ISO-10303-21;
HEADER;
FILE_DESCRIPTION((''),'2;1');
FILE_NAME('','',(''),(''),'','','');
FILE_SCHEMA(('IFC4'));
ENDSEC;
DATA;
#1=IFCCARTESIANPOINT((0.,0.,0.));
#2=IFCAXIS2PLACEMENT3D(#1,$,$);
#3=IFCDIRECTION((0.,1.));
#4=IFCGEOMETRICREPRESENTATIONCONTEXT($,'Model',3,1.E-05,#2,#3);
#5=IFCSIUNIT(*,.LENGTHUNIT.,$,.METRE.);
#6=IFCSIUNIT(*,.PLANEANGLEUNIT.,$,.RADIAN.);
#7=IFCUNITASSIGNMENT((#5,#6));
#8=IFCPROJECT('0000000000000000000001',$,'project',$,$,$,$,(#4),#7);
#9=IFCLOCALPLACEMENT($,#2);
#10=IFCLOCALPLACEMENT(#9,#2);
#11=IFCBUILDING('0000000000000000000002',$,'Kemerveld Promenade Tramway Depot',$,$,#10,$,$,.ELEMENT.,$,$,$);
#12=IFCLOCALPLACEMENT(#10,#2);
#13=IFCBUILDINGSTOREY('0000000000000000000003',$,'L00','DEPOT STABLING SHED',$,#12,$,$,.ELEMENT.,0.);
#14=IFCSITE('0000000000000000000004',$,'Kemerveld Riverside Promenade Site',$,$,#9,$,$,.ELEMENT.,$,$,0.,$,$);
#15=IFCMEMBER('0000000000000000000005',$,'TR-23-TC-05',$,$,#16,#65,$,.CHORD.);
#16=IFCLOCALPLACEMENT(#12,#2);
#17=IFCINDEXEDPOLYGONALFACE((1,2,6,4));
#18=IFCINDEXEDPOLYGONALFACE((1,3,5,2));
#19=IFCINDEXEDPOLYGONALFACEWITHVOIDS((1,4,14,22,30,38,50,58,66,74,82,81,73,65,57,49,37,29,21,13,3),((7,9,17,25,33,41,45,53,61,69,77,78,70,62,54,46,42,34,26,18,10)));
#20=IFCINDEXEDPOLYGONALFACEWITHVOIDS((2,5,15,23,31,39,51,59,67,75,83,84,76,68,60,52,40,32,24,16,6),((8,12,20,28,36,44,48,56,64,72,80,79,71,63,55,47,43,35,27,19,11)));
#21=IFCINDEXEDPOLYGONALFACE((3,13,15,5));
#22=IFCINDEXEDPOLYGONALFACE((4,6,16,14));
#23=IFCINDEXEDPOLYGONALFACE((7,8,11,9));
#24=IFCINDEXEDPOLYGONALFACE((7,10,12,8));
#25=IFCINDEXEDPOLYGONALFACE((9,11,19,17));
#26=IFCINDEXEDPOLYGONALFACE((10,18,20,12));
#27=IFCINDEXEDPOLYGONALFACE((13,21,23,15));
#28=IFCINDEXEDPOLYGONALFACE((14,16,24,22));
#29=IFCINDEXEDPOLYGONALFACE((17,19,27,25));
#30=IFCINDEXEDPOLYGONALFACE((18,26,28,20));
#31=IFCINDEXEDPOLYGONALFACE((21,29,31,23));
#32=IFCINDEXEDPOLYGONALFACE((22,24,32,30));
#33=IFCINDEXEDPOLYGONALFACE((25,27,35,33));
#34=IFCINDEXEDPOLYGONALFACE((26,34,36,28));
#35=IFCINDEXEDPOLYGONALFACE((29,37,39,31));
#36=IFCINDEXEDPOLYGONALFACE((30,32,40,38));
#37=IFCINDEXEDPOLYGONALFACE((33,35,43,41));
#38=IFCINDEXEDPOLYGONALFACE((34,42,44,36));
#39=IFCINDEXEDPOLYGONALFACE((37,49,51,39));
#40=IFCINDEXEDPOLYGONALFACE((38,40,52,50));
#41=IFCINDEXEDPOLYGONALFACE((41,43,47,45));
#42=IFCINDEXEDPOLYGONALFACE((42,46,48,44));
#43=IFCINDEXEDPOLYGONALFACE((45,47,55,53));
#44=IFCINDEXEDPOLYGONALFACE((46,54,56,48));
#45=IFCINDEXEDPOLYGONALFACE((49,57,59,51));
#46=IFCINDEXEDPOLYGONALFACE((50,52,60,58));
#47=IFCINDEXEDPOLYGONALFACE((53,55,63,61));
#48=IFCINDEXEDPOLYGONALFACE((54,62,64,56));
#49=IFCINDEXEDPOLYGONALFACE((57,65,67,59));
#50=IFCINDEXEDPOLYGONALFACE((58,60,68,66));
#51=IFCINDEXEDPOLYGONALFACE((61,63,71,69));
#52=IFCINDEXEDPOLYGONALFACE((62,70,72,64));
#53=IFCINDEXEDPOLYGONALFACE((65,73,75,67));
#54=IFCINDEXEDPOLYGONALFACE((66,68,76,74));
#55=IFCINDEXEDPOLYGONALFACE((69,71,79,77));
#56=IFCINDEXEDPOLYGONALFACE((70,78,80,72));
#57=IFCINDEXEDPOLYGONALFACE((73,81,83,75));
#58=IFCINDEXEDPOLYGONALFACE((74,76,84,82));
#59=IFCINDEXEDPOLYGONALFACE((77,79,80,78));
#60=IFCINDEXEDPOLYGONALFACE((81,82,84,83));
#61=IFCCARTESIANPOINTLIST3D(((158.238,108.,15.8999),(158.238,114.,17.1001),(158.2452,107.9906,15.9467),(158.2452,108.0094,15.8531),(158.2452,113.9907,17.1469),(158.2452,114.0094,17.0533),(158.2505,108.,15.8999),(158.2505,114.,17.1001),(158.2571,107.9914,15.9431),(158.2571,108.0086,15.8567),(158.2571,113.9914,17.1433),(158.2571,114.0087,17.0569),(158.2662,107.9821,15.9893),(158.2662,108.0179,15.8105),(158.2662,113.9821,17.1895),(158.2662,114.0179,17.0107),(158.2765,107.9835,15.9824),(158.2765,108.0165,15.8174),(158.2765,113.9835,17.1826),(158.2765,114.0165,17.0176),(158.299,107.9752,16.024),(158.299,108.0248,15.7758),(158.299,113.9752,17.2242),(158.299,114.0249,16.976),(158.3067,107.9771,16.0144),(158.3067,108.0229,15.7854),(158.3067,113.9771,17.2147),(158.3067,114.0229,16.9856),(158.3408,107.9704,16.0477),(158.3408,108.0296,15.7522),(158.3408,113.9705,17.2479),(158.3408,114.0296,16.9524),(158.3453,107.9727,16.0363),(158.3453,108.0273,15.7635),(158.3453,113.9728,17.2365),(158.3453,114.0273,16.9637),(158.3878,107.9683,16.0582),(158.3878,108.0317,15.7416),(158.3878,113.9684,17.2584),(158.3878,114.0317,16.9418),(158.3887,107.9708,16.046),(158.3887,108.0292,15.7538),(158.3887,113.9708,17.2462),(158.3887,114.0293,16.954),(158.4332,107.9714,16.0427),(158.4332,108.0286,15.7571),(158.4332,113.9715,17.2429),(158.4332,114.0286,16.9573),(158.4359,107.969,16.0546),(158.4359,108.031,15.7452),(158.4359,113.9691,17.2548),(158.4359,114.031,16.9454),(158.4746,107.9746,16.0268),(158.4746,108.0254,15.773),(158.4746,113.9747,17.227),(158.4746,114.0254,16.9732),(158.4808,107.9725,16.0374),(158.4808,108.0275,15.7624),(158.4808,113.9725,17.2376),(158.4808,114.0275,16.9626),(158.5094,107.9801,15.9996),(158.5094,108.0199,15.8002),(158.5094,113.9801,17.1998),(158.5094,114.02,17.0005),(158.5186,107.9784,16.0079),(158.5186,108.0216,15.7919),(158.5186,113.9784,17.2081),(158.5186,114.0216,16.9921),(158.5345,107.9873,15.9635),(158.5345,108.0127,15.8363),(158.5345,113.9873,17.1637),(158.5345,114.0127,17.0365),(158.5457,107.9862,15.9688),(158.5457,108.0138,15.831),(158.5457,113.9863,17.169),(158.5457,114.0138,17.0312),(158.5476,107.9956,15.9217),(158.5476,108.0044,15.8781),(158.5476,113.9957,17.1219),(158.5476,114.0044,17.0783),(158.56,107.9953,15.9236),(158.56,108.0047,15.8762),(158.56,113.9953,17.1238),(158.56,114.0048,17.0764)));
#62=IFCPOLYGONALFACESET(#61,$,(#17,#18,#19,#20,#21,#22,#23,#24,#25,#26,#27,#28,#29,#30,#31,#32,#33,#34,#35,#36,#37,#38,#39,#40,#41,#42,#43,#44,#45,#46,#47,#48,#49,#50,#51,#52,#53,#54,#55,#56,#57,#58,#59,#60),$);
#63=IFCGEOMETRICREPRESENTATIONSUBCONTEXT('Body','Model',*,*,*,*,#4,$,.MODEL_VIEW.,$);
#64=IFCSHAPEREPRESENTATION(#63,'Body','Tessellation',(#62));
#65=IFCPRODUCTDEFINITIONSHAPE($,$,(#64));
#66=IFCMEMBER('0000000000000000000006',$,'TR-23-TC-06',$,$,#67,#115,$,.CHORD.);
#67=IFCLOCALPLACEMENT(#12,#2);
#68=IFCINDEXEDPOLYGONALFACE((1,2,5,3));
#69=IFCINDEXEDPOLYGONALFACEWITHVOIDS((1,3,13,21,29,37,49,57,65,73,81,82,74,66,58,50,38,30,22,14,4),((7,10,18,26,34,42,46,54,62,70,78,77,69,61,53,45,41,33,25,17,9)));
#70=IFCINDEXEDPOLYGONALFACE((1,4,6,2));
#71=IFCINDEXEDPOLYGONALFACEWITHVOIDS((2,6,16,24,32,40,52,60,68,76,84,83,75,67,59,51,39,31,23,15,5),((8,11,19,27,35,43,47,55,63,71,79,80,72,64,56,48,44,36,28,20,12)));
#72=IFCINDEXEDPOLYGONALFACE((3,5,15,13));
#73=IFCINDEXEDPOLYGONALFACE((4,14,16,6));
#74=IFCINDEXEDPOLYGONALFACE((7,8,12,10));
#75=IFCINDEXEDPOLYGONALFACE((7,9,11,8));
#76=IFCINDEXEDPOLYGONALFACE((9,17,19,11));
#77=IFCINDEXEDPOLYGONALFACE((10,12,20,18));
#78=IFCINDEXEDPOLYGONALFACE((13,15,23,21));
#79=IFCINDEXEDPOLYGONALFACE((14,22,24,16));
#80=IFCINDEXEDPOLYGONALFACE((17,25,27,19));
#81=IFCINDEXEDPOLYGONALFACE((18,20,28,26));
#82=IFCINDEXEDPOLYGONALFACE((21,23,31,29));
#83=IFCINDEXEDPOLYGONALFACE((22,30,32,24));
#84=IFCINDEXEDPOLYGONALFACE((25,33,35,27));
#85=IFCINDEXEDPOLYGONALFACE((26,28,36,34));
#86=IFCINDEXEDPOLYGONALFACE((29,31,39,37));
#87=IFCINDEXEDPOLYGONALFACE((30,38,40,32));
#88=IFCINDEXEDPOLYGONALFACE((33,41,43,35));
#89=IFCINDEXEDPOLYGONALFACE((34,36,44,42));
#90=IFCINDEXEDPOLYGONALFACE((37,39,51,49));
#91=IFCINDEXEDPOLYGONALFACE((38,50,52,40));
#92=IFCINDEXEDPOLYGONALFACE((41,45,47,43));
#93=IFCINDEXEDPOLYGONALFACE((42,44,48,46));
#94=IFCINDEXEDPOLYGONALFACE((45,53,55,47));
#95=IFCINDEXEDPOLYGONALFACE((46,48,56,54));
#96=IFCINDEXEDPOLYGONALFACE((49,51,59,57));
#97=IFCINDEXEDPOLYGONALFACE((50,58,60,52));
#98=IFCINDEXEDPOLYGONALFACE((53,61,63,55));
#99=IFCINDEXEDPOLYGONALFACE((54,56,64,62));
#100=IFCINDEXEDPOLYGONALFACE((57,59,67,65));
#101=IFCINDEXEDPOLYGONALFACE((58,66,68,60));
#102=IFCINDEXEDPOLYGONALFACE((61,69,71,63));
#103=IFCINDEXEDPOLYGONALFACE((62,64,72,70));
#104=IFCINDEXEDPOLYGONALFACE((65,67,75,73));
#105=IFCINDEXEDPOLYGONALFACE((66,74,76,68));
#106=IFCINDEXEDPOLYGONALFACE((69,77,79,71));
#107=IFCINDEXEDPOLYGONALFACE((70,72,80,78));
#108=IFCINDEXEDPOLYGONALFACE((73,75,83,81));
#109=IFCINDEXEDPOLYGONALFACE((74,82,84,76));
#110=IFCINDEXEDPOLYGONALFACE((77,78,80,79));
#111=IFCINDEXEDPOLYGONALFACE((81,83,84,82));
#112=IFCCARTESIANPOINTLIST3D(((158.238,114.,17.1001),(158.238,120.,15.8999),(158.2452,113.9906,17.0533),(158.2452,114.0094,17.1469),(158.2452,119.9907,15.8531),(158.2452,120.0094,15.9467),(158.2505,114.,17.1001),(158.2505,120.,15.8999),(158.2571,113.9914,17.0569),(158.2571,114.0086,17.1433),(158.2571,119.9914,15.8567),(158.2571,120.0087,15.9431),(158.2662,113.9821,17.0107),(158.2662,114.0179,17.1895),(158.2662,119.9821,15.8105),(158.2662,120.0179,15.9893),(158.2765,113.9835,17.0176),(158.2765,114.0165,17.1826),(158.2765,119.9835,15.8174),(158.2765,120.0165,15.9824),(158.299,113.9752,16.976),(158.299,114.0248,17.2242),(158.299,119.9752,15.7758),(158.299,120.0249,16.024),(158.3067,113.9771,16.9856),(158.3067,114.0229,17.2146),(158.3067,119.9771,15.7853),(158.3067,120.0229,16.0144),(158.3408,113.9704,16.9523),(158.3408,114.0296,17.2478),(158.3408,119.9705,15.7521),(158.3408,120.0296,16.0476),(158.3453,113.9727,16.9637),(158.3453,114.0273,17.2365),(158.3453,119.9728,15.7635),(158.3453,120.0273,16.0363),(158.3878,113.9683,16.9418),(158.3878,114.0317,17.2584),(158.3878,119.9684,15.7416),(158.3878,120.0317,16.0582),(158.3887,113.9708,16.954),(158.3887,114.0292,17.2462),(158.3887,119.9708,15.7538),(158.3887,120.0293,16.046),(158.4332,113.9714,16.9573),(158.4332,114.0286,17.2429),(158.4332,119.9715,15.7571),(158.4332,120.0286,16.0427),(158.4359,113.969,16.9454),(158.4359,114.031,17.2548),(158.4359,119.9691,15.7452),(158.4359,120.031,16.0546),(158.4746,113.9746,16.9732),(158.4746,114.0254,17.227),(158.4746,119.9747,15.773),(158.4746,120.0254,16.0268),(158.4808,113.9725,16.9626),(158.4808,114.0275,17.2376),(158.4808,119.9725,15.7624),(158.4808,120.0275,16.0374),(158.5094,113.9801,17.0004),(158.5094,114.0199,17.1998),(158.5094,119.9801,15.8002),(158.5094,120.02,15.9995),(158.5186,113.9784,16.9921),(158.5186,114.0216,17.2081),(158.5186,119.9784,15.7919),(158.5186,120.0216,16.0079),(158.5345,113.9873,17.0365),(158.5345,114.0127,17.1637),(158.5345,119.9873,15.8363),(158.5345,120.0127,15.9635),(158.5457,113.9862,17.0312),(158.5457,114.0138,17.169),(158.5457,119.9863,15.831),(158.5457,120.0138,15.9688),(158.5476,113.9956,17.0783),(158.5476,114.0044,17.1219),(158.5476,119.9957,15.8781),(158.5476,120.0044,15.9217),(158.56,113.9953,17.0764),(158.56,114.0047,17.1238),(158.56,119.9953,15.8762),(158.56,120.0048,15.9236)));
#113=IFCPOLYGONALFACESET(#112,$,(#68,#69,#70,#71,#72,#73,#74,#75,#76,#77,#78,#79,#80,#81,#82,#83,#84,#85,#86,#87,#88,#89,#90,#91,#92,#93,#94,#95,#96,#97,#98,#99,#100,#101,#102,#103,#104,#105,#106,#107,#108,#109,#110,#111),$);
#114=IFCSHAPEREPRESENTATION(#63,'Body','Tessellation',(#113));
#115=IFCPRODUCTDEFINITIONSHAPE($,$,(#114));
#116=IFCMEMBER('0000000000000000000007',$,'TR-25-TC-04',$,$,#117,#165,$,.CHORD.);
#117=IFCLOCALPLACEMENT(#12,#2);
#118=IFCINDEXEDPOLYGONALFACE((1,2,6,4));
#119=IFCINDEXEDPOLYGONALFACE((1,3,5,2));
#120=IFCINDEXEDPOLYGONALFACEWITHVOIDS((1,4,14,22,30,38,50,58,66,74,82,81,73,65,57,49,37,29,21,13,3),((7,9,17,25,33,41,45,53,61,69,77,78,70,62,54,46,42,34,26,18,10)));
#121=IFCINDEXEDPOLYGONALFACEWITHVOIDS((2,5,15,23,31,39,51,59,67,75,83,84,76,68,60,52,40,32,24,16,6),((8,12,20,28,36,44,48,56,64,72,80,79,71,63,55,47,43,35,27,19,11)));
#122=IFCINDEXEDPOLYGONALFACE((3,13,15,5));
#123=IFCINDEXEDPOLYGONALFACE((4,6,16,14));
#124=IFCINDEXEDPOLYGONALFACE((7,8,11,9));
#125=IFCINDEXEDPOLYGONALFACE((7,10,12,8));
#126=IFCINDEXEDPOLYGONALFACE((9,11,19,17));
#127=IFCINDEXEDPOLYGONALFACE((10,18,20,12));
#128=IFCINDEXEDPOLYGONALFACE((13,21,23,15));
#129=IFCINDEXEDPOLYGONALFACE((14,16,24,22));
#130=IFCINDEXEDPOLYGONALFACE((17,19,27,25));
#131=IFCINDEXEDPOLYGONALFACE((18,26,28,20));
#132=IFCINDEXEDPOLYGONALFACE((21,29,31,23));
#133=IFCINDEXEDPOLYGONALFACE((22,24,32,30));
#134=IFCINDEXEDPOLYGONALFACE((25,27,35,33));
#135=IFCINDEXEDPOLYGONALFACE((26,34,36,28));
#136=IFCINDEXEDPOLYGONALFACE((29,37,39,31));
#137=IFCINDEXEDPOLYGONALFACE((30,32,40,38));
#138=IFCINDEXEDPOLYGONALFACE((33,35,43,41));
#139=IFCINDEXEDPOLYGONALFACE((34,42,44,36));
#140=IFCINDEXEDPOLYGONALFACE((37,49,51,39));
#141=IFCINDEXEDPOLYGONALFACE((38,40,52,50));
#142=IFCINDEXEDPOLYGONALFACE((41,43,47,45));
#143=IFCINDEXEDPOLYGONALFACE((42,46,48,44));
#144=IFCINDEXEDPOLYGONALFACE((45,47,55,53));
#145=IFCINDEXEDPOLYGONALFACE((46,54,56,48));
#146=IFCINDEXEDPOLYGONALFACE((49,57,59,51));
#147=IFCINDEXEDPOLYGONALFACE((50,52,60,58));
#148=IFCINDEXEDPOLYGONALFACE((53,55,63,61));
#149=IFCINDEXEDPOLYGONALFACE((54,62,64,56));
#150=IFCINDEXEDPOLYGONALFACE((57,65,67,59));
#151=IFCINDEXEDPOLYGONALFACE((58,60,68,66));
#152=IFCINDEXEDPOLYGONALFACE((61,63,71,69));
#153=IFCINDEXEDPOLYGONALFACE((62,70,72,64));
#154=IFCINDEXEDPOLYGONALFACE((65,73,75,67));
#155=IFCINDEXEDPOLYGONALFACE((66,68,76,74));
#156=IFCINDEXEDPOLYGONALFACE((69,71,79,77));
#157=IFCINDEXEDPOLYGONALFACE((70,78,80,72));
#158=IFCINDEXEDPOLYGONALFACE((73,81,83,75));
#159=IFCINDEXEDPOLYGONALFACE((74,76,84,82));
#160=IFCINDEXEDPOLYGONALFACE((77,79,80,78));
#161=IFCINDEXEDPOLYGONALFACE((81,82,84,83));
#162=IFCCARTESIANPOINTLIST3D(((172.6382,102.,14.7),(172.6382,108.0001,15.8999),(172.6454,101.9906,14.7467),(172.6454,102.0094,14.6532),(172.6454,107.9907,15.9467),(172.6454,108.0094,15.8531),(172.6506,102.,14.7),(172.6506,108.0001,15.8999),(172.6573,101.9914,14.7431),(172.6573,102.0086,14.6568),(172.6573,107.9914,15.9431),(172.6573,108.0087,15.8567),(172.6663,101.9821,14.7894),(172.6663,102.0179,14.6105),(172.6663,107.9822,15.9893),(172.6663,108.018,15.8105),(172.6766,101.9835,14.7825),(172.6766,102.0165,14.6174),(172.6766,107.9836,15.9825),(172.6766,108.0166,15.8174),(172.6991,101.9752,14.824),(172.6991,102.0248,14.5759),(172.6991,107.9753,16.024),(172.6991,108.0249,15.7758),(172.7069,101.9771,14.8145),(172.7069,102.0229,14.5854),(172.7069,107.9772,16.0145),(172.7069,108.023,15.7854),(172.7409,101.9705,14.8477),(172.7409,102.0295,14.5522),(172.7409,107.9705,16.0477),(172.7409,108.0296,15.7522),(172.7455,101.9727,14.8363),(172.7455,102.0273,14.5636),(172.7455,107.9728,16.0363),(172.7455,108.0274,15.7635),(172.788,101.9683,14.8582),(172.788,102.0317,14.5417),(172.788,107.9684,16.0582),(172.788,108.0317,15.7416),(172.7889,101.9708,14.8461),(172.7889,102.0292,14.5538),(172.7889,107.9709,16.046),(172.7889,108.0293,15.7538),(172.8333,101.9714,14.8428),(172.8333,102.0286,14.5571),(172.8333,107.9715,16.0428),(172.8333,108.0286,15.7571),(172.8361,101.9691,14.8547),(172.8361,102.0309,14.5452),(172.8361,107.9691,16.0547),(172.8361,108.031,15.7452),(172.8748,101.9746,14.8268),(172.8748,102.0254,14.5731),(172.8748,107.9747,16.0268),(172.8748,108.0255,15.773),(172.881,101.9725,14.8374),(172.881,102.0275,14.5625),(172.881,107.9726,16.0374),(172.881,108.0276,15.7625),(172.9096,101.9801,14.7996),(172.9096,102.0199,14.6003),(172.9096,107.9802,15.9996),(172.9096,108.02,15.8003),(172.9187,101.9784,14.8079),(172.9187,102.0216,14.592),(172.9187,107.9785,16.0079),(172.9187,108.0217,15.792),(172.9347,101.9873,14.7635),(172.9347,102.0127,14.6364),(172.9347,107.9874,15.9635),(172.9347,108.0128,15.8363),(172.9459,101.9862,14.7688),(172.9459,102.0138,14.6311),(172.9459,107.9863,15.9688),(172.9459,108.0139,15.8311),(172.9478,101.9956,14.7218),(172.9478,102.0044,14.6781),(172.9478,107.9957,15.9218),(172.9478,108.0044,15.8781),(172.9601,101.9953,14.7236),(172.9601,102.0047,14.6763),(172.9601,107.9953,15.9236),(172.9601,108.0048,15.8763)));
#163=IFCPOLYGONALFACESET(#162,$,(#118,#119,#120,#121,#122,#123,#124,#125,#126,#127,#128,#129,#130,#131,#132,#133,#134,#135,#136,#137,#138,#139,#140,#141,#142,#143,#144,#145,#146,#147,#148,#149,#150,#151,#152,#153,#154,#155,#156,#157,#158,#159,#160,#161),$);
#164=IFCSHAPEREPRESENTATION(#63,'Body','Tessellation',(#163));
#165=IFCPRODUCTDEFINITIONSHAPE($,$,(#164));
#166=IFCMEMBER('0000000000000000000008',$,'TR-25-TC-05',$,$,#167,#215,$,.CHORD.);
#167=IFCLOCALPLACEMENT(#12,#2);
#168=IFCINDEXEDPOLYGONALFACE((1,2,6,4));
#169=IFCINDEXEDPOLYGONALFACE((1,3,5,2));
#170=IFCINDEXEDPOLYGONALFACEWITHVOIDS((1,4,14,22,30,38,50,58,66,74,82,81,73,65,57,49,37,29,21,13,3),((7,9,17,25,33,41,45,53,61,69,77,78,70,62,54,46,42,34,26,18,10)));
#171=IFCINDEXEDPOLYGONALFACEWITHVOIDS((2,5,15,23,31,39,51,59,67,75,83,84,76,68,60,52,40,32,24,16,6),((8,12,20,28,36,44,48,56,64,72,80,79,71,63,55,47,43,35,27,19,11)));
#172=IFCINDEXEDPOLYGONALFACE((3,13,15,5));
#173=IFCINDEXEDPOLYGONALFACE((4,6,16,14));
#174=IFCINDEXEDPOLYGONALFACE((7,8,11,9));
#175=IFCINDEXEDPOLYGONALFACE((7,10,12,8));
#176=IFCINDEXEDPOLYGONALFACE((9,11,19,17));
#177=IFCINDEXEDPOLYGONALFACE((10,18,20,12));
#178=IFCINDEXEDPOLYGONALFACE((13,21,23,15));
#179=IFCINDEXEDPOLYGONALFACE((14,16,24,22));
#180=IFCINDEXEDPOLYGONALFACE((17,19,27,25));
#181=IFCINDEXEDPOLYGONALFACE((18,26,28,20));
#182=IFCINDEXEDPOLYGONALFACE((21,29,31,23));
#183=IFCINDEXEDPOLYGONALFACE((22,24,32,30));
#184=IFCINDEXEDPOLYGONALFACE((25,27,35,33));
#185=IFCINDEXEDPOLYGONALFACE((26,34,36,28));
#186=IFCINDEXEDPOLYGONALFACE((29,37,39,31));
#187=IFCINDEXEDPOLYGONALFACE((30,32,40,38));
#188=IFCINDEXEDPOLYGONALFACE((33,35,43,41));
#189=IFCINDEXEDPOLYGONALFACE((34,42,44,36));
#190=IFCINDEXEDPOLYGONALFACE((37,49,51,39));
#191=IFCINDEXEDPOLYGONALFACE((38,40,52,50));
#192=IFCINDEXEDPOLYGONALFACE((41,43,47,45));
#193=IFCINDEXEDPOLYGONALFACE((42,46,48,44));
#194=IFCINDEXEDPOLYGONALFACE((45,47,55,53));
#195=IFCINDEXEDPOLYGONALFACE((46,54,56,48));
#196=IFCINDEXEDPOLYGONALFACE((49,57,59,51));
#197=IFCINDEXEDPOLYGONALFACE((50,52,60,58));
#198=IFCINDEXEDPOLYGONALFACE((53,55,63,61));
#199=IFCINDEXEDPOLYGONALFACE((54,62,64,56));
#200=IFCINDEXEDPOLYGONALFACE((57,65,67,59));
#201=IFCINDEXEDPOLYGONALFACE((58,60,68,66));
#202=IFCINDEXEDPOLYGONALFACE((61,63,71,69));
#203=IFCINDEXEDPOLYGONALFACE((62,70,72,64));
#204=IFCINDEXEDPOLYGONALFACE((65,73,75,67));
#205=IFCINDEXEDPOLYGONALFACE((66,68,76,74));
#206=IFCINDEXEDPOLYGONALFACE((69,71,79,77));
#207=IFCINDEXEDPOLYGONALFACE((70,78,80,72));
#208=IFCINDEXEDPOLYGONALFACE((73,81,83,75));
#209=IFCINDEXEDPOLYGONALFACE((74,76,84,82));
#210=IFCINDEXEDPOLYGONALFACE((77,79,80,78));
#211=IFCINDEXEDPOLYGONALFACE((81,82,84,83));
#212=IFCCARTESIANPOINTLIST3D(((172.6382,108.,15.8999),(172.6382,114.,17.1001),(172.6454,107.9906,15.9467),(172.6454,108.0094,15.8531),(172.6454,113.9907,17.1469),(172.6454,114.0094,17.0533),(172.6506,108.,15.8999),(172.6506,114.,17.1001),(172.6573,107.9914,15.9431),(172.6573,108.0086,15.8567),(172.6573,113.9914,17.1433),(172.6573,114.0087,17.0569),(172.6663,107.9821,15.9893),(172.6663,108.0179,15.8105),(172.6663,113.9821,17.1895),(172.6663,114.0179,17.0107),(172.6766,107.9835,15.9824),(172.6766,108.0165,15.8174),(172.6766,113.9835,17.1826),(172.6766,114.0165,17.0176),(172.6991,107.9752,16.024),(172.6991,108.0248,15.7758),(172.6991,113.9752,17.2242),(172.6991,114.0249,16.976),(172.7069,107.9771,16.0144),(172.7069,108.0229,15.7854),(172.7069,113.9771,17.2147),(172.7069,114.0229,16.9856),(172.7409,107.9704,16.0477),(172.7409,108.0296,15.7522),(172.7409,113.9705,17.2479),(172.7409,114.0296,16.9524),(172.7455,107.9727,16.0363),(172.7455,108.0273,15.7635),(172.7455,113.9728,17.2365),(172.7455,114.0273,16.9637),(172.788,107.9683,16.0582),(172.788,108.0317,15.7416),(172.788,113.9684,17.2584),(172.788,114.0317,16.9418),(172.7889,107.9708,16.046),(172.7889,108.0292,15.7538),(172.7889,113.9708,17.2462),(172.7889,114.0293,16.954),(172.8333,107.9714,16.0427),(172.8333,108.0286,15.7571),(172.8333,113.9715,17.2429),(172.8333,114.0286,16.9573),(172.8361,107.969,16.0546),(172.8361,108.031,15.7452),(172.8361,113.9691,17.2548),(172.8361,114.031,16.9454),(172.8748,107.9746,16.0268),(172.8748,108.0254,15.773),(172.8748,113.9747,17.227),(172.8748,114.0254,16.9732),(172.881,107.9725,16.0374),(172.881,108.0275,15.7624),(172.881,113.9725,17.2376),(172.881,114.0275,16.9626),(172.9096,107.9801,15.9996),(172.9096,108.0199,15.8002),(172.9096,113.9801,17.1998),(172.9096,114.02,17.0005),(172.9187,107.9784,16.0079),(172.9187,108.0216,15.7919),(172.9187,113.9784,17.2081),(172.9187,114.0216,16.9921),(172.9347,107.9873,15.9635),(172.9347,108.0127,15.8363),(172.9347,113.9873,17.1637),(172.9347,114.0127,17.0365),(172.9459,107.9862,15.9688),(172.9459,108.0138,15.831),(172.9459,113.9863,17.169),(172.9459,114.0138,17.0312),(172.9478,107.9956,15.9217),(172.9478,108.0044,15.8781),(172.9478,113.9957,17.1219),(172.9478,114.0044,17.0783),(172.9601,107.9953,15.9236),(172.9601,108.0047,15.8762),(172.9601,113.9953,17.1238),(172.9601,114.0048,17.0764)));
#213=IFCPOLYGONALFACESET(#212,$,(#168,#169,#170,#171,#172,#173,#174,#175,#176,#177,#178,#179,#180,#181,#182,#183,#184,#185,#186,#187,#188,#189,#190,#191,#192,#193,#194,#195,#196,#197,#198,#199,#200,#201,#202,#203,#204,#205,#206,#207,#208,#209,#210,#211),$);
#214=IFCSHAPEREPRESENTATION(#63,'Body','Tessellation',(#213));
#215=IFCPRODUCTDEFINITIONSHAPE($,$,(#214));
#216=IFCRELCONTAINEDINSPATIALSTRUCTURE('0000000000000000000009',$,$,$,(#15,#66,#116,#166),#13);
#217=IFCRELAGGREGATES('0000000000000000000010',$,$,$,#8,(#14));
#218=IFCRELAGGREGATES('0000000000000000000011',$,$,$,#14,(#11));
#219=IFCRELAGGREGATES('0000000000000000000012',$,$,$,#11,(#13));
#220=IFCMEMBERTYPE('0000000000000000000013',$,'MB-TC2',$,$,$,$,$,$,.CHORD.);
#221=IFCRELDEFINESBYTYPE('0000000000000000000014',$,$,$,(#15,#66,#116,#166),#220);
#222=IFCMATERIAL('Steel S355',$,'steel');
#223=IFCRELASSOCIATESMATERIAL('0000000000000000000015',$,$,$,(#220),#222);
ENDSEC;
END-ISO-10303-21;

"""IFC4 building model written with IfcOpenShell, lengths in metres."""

from ifc_helpers import new_model, si_unit, direction, frame, origin, origin_2d, place, context, subcontext, project, spatial, hollow_circle, extrude, material, material_profile, profile_set, type_object, element, save


model = new_model("IFC4")

# Units and contexts
model_context = context("Model", 3, precision=1e-05, world=origin(), true_north=direction((0.0, 1.0)))
body_context = subcontext(model_context, "Body", "Model", "MODEL_VIEW")
ifc_project = project(units=[si_unit("LENGTHUNIT", "METRE"), si_unit("PLANEANGLEUNIT", "RADIAN")], contexts=[model_context])

# Site, building, storey
site_placement = place(None, origin())
site = spatial("IfcSite", under=ifc_project, at=site_placement, Name="Kemerveld Riverside Promenade Site", CompositionType="ELEMENT", RefElevation=0.0)
building_placement = place(site_placement, origin())
building = spatial("IfcBuilding", under=site, at=building_placement, Name="Kemerveld Promenade Tramway Depot", CompositionType="ELEMENT")
storey_placement = place(building_placement, origin())
storey = spatial("IfcBuildingStorey", under=building, at=storey_placement, Name="L00", Description="DEPOT STABLING SHED", CompositionType="ELEMENT", Elevation=0.0)

# Members
ifc_material_1 = material(Name="Steel S355", Category="steel")
ifc_material_profile_1 = material_profile(ifc_material_1, hollow_circle(Radius=0.1619, WallThickness=0.0125, at=origin_2d()), Name="323.9x12.5 CHS")
ifc_profile_set_1 = profile_set([ifc_material_profile_1], Name="Steel S355")
member_type_1 = type_object("IfcMemberType", Name="MB-TC2", PredefinedType="CHORD", material=ifc_profile_set_1)
for number, where, z_axis, x_axis, name in (
    (1, (158.3999, 108.0, 15.8999), (0.0, 0.980575, 0.196147), (-1.0, 0.0, 0.0), "TR-23-TC-05"),
    (2, (158.3999, 114.0, 17.1001), (0.0, 0.980575, -0.196147), (-1.0, 0.0, 0.0), "TR-23-TC-06"),
    (3, (172.8, 102.0, 14.7), (0.0, 0.980582, 0.196108), (-1.0, 0.0, 0.0), "TR-25-TC-04"),
    (4, (172.8, 108.0, 15.8999), (0.0, 0.980575, 0.196147), (-1.0, 0.0, 0.0), "TR-25-TC-05"),
):
    element("IfcMember", number, at=place(storey_placement, frame(where, z_axis=z_axis, x_axis=x_axis)), inside=storey, type_object=member_type_1, Name=name, PredefinedType="CHORD", context=body_context, shape_type="SweptSolid", body=[
        extrude(hollow_circle(Radius=0.1619, WallThickness=0.0125, at=origin_2d()), origin(), (0.0, 0.0, 1.0), 6.1189),
    ])

save(model, "model.ifc")
